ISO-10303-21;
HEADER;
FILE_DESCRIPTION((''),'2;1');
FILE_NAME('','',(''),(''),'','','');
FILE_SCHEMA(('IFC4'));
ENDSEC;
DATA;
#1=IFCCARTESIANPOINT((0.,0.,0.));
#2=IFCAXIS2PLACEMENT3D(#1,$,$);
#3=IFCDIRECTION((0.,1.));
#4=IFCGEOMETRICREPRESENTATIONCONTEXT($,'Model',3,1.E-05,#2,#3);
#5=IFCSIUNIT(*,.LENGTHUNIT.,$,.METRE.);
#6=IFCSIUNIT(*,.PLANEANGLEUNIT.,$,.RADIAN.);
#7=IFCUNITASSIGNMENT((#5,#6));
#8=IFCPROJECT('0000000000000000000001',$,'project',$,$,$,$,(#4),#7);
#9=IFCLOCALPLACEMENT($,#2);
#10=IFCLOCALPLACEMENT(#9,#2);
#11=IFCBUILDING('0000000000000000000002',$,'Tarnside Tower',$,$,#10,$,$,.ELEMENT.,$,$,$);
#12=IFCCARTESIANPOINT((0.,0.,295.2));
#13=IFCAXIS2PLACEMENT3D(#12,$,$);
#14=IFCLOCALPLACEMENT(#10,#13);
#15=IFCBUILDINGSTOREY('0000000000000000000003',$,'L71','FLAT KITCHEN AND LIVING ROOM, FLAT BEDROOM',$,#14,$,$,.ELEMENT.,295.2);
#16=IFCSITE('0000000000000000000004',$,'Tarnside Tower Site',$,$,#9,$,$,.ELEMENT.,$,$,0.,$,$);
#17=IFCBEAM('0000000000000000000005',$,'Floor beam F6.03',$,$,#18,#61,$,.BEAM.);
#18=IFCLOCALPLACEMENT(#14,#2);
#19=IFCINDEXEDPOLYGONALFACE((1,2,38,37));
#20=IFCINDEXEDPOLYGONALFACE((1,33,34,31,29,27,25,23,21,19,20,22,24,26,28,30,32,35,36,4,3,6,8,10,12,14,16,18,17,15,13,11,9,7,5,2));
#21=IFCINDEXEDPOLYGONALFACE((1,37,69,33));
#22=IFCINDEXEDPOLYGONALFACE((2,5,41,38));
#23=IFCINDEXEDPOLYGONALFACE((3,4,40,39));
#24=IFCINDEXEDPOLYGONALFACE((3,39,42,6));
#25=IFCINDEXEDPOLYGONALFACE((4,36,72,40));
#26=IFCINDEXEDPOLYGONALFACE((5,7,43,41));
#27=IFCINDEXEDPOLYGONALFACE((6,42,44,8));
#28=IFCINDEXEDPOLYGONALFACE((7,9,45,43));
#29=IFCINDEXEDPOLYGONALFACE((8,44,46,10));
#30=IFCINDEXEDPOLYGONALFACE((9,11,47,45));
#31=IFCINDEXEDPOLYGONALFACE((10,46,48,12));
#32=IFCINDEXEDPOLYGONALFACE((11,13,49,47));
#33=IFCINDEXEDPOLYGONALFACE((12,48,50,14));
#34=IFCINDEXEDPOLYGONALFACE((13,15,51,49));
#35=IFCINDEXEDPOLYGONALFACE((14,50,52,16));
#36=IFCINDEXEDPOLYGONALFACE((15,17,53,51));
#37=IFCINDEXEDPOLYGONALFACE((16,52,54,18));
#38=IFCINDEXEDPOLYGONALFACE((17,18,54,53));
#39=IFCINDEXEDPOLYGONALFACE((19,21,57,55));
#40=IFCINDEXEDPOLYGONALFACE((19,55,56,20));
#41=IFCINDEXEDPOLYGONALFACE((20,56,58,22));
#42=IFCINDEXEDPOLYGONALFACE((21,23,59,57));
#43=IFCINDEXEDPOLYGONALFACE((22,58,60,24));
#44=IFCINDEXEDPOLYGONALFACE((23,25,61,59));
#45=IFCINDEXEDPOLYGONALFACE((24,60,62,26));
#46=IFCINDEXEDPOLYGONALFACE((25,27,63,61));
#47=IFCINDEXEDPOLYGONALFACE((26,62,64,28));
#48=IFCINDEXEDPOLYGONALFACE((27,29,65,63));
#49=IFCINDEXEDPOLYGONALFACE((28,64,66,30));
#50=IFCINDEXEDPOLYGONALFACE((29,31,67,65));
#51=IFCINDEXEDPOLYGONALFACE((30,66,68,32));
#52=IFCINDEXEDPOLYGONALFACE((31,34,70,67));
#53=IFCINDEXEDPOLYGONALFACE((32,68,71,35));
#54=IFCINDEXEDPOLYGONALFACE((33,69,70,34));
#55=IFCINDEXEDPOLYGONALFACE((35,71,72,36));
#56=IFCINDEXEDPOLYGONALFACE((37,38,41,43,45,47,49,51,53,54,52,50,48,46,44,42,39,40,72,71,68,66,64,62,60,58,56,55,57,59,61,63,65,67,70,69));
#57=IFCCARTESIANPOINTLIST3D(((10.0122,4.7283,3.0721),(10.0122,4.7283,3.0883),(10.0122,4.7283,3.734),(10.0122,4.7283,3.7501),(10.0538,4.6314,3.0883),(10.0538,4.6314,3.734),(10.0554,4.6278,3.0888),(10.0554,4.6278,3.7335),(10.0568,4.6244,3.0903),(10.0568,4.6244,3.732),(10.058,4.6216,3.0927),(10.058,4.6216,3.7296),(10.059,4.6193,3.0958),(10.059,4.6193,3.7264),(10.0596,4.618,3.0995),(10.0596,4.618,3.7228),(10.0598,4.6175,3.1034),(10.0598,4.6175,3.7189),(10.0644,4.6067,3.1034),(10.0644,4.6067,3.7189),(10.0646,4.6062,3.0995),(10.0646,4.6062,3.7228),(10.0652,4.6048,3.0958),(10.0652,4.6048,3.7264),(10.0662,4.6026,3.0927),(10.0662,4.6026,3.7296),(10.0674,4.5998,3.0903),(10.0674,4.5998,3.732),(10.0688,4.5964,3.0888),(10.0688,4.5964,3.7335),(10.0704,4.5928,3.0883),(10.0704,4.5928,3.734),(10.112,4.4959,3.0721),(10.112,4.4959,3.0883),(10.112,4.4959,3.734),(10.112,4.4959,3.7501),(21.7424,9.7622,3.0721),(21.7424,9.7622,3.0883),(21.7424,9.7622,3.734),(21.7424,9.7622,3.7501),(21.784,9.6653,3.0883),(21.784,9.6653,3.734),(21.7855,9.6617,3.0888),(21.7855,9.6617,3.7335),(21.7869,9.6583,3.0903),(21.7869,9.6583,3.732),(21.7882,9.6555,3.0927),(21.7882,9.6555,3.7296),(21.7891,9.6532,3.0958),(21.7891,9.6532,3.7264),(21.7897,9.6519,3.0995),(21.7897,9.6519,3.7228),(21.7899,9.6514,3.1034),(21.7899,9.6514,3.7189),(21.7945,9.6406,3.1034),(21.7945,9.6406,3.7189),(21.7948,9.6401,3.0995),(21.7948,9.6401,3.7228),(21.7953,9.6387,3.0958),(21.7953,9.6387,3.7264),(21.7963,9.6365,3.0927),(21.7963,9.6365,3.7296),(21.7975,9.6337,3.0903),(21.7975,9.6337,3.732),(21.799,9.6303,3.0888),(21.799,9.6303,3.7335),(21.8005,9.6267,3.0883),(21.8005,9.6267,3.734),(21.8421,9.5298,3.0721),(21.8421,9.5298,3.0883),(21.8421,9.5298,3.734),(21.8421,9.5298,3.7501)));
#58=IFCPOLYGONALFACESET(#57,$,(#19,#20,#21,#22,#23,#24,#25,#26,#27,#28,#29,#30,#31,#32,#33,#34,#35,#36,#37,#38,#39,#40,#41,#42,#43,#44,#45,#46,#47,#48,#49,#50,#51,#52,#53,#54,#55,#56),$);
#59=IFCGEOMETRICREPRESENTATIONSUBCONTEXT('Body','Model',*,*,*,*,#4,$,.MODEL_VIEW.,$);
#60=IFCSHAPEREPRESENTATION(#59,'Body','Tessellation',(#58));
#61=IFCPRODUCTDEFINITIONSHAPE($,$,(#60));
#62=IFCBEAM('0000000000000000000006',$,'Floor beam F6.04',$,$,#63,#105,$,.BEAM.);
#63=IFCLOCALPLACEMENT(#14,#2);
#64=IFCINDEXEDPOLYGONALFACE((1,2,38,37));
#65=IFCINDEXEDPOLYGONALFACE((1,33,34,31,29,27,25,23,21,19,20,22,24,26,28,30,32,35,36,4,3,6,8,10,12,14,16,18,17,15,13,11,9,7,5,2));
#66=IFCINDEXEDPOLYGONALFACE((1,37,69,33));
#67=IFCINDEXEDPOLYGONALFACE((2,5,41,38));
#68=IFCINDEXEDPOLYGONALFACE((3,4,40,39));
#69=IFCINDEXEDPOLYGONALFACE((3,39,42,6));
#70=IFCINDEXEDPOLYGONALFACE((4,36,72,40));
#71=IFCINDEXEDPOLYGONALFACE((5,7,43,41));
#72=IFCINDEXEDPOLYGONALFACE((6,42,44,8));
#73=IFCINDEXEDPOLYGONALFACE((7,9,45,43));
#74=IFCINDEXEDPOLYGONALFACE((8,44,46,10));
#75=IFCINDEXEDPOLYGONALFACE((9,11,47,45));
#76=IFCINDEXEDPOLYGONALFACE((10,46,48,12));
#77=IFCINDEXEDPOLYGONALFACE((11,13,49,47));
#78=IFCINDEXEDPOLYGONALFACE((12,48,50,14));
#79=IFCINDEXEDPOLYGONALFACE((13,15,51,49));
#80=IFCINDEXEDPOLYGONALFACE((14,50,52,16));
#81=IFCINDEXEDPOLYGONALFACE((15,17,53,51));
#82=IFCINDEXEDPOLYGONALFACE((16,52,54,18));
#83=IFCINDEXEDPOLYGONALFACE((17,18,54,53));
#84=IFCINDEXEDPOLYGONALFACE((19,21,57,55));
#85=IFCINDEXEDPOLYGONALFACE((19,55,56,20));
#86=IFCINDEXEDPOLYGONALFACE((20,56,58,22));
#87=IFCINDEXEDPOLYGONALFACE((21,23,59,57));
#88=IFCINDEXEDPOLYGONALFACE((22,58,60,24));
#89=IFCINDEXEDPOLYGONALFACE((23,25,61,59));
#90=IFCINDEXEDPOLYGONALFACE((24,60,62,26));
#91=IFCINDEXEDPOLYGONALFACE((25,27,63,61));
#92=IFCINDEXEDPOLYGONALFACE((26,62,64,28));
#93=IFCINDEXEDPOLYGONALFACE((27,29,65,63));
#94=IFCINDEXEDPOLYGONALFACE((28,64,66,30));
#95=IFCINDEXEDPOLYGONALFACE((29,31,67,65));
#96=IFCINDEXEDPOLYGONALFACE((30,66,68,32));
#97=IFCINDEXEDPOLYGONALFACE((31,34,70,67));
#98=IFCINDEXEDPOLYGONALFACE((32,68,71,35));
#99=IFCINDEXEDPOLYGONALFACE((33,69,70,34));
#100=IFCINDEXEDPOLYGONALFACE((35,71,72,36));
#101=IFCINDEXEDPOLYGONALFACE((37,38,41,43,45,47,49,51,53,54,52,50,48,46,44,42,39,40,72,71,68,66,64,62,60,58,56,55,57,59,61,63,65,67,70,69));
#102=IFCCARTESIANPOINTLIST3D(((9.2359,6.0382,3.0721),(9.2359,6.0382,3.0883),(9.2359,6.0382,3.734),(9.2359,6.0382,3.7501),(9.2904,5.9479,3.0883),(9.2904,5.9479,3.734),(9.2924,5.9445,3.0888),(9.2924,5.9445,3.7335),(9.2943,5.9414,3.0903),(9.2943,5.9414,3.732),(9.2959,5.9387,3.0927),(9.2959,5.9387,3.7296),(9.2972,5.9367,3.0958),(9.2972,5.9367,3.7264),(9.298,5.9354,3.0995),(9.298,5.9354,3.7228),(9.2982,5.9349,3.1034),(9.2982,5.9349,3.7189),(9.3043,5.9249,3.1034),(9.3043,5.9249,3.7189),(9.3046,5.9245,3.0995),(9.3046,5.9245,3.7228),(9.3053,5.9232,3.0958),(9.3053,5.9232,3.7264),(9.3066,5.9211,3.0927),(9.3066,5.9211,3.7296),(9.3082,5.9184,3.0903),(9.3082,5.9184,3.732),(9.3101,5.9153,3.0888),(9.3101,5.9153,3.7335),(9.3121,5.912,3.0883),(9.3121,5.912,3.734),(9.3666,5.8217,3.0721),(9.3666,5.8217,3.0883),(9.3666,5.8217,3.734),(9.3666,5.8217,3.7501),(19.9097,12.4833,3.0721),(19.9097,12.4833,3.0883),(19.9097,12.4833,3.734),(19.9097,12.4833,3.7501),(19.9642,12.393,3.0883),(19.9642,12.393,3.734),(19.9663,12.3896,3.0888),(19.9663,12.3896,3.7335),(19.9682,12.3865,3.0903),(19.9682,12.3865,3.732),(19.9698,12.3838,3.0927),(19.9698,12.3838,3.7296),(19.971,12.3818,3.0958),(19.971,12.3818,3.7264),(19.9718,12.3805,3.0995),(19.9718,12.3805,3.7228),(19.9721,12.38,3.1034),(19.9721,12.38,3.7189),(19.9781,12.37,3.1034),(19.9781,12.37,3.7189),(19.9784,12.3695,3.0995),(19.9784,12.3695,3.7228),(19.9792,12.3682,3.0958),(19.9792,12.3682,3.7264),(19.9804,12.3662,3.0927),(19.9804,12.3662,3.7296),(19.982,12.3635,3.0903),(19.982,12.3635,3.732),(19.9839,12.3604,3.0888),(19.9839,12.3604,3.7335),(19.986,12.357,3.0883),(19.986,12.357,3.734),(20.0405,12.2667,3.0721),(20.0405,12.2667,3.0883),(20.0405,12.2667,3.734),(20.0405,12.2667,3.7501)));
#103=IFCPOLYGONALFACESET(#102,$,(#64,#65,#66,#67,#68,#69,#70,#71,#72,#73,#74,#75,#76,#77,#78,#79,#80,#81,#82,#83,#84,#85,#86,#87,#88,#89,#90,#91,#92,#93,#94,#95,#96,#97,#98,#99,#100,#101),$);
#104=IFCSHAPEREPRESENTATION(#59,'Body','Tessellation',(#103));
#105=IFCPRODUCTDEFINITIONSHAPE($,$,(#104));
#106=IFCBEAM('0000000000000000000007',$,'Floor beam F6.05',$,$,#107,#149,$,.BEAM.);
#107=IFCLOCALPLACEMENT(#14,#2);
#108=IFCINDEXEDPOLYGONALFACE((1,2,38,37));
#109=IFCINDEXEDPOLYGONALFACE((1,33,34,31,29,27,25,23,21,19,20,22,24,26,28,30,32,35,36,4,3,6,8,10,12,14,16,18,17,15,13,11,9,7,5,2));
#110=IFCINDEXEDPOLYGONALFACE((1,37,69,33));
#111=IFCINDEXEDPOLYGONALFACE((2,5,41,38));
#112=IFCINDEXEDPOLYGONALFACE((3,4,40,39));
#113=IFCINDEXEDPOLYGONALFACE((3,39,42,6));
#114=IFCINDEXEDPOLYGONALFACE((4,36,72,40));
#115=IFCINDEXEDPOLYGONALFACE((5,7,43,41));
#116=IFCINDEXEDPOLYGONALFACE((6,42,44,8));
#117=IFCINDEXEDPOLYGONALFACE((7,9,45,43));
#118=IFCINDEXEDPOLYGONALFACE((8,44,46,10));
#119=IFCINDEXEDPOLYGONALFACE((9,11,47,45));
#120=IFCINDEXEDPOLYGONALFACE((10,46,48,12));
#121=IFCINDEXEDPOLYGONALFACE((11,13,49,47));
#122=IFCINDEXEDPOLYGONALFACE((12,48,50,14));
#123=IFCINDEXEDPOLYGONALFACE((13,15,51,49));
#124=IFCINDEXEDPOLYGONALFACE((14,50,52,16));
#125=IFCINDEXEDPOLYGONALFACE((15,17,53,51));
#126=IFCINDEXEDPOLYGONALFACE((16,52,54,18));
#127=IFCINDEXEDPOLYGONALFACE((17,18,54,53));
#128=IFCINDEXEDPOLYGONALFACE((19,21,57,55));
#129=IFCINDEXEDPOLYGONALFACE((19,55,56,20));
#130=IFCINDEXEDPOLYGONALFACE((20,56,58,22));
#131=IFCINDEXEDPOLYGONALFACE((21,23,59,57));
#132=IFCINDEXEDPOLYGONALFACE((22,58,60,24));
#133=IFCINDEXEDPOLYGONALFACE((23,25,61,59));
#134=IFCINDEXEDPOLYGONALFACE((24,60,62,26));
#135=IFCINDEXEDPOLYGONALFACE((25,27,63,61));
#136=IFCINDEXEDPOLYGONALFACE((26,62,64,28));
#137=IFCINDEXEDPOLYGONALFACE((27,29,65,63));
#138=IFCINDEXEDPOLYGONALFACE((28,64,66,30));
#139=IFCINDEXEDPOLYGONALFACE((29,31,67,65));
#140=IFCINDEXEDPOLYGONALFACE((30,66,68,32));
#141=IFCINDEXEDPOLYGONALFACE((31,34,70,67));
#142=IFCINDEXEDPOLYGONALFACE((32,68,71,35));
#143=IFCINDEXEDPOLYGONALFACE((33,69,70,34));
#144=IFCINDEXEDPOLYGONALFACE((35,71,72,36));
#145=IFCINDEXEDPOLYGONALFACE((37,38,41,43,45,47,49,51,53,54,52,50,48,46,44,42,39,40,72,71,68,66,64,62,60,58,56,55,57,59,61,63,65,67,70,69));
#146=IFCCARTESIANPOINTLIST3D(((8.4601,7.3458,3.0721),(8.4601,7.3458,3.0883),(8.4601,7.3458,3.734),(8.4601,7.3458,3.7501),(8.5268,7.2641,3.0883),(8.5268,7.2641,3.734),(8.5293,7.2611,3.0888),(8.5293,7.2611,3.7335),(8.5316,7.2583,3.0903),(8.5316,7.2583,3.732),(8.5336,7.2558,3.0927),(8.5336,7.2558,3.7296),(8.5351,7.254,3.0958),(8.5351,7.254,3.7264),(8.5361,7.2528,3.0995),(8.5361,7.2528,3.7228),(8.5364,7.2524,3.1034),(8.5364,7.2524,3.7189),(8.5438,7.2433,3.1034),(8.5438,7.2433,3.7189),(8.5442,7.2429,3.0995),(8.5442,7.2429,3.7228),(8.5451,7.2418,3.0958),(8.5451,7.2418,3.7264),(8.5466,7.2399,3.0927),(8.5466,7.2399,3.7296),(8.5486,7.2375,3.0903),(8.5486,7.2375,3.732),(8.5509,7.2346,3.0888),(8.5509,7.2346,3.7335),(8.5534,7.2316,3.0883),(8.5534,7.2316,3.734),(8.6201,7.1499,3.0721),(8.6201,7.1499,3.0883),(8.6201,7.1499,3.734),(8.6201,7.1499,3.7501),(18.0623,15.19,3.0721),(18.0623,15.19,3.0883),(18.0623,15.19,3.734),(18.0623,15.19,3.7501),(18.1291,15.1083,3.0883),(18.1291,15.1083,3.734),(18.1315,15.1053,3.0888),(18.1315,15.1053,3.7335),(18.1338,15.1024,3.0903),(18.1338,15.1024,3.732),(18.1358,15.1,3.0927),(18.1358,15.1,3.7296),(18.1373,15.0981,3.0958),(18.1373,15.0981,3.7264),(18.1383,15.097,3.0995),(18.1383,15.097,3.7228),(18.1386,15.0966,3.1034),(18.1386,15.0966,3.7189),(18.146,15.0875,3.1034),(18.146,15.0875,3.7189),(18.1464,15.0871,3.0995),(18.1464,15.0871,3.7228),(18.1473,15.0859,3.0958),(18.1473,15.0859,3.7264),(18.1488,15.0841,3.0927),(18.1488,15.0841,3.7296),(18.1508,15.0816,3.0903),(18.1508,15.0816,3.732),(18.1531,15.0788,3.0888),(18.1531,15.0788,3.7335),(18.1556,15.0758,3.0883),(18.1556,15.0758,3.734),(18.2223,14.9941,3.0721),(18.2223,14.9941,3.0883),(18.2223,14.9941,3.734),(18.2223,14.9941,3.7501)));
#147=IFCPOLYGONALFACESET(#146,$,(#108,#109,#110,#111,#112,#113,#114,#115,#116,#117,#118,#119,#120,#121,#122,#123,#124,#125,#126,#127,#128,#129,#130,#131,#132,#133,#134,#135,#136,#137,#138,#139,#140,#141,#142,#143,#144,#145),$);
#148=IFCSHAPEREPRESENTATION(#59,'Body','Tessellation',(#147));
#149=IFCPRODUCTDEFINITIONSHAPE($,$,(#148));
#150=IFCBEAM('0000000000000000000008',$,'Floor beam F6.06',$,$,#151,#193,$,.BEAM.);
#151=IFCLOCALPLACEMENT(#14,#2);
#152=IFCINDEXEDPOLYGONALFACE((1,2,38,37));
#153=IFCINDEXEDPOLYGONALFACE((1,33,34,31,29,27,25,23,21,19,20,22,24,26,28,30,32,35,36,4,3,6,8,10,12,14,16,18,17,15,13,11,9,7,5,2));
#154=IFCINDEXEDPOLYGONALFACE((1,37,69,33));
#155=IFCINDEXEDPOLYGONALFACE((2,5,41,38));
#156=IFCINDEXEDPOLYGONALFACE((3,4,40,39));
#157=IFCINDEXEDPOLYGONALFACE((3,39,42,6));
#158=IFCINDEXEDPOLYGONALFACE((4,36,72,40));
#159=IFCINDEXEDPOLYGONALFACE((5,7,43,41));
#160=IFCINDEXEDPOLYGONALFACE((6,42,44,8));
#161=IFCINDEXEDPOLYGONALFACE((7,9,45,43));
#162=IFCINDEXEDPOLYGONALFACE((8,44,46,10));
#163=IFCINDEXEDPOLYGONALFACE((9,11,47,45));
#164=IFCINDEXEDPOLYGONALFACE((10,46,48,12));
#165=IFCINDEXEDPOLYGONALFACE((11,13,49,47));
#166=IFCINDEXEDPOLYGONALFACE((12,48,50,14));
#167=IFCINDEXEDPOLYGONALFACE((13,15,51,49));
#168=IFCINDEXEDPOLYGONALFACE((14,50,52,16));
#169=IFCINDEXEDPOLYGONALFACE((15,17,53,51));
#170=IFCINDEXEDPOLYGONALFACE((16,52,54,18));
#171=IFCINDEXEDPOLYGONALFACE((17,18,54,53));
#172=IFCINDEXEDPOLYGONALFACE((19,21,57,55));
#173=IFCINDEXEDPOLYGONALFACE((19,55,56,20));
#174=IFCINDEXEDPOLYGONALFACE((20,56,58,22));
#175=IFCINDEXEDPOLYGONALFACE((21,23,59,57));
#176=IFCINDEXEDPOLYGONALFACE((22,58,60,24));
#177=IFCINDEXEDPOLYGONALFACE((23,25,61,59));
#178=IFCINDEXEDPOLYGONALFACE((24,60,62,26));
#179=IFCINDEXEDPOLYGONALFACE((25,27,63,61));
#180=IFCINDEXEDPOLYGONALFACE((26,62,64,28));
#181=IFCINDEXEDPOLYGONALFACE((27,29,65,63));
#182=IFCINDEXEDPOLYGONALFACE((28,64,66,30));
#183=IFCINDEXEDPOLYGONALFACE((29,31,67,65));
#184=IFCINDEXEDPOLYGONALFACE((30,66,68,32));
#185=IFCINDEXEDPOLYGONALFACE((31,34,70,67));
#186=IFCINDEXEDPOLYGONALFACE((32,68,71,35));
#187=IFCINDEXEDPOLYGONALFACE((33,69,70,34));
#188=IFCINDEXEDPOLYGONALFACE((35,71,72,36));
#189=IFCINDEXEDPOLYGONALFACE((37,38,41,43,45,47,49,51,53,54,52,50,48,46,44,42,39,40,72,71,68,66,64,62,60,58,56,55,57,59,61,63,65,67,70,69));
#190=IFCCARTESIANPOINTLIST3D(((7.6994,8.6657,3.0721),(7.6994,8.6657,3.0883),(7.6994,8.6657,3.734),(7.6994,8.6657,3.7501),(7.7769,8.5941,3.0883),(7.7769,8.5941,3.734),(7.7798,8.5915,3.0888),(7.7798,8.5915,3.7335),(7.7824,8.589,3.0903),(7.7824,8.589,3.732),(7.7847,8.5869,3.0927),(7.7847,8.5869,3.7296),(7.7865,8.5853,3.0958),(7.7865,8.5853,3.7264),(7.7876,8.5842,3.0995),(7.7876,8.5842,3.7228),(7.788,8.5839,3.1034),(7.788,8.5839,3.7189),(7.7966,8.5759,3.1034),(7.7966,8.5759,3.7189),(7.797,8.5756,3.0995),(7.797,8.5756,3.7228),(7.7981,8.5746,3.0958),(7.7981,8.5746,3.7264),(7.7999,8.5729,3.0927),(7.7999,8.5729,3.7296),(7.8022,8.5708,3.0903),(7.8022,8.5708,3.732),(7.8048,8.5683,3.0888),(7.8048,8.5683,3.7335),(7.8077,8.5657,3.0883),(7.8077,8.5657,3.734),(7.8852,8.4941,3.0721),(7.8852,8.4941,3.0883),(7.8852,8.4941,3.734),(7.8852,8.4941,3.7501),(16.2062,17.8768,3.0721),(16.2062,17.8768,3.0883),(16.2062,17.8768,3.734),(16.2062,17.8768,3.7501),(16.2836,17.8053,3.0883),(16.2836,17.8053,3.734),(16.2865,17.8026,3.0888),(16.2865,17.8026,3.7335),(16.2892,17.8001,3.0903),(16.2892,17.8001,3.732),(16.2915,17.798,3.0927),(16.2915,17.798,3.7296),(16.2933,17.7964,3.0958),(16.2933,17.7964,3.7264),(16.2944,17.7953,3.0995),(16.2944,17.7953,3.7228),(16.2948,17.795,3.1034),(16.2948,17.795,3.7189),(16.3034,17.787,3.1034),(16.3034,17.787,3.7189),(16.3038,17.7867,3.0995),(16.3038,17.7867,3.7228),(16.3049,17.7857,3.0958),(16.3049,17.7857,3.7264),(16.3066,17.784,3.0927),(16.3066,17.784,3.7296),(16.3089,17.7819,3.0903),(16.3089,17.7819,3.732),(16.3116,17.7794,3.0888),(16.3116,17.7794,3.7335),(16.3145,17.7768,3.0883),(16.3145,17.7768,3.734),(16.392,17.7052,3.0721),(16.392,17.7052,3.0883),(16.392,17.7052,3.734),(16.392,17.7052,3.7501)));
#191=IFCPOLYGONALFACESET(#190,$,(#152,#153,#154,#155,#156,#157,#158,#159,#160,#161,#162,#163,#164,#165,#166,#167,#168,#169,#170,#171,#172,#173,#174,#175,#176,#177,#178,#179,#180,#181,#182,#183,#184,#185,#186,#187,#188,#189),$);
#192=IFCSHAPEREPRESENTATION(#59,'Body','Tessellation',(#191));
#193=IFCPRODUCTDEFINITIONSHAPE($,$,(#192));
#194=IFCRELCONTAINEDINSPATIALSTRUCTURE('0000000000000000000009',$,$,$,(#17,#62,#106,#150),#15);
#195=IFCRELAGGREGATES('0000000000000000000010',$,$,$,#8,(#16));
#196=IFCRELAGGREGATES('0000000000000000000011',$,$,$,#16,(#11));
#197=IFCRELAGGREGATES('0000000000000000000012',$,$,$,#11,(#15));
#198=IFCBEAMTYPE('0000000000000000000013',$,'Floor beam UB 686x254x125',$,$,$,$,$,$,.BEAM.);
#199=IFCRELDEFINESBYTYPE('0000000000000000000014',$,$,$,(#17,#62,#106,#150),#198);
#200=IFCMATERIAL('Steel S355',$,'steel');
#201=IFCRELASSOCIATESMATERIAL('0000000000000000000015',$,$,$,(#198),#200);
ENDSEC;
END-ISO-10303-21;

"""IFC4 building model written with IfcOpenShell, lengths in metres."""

from ifc_helpers import new_model, si_unit, direction, frame, origin, origin_2d, place, context, subcontext, project, spatial, i_section, extrude, material, material_profile, profile_set, type_object, element, save


model = new_model("IFC4")

# Units and contexts
model_context = context("Model", 3, precision=1e-05, world=origin(), true_north=direction((0.0, 1.0)))
body_context = subcontext(model_context, "Body", "Model", "MODEL_VIEW")
ifc_project = project(units=[si_unit("LENGTHUNIT", "METRE"), si_unit("PLANEANGLEUNIT", "RADIAN")], contexts=[model_context])

# Site, building, storey
site_placement = place(None, origin())
site = spatial("IfcSite", under=ifc_project, at=site_placement, Name="Tarnside Tower Site", CompositionType="ELEMENT", RefElevation=0.0)
building_placement = place(site_placement, origin())
building = spatial("IfcBuilding", under=site, at=building_placement, Name="Tarnside Tower", CompositionType="ELEMENT")
storey_placement = place(building_placement, frame((0.0, 0.0, 295.2)))
storey = spatial("IfcBuildingStorey", under=building, at=storey_placement, Name="L71", Description="FLAT KITCHEN AND LIVING ROOM, FLAT BEDROOM", CompositionType="ELEMENT", Elevation=295.2)

# Beams
ifc_material_1 = material(Name="Steel S355", Category="steel")
ifc_material_profile_1 = material_profile(ifc_material_1, i_section(OverallWidth=0.2529, OverallDepth=0.678, WebThickness=0.0117, FlangeThickness=0.0161, FilletRadius=0.0151, at=origin_2d()), Name="UB 686x254x125")
ifc_profile_set_1 = profile_set([ifc_material_profile_1], Name="Steel S355")
beam_type_1 = type_object("IfcBeamType", Name="Floor beam UB 686x254x125", PredefinedType="BEAM", material=ifc_profile_set_1)
beam_1_placement = place(storey_placement, frame((21.7922, 9.646, 3.4111), z_axis=(-0.918955, -0.394362, 0.0), x_axis=(0.394362, -0.918955, 0.0)))
element("IfcBeam", 1, at=beam_1_placement, inside=storey, type_object=beam_type_1, Name="Floor beam F6.03", PredefinedType="BEAM", context=body_context, shape_type="SweptSolid", body=[
    extrude(i_section(OverallWidth=0.2529, OverallDepth=0.678, WebThickness=0.0117, FlangeThickness=0.0161, FilletRadius=0.0151, at=origin_2d()), origin(), (0.0, 0.0, 1.0), 12.7646),
])
beam_2_placement = place(storey_placement, frame((19.9751, 12.375, 3.4111), z_axis=(-0.856047, -0.516898, 0.0), x_axis=(0.516898, -0.856047, 0.0)))
element("IfcBeam", 2, at=beam_2_placement, inside=storey, type_object=beam_type_1, Name="Floor beam F6.04", PredefinedType="BEAM", context=body_context, shape_type="SweptSolid", body=[
    extrude(i_section(OverallWidth=0.2529, OverallDepth=0.678, WebThickness=0.0117, FlangeThickness=0.0161, FilletRadius=0.0151, at=origin_2d()), origin(), (0.0, 0.0, 1.0), 12.4688),
])
beam_3_placement = place(storey_placement, frame((18.1423, 15.092, 3.4111), z_axis=(-0.774439, -0.632649, 0.0), x_axis=(0.632649, -0.774439, 0.0)))
element("IfcBeam", 3, at=beam_3_placement, inside=storey, type_object=beam_type_1, Name="Floor beam F6.05", PredefinedType="BEAM", context=body_context, shape_type="SweptSolid", body=[
    extrude(i_section(OverallWidth=0.2529, OverallDepth=0.678, WebThickness=0.0117, FlangeThickness=0.0161, FilletRadius=0.0151, at=origin_2d()), origin(), (0.0, 0.0, 1.0), 12.3989),
])
beam_4_placement = place(storey_placement, frame((16.2991, 17.791, 3.4111), z_axis=(-0.678461, -0.734636, 0.0), x_axis=(0.734636, -0.678461, 0.0)))
element("IfcBeam", 4, at=beam_4_placement, inside=storey, type_object=beam_type_1, Name="Floor beam F6.06", PredefinedType="BEAM", context=body_context, shape_type="SweptSolid", body=[
    extrude(i_section(OverallWidth=0.2529, OverallDepth=0.678, WebThickness=0.0117, FlangeThickness=0.0161, FilletRadius=0.0151, at=origin_2d()), origin(), (0.0, 0.0, 1.0), 12.5383),
])

save(model, "model.ifc")
